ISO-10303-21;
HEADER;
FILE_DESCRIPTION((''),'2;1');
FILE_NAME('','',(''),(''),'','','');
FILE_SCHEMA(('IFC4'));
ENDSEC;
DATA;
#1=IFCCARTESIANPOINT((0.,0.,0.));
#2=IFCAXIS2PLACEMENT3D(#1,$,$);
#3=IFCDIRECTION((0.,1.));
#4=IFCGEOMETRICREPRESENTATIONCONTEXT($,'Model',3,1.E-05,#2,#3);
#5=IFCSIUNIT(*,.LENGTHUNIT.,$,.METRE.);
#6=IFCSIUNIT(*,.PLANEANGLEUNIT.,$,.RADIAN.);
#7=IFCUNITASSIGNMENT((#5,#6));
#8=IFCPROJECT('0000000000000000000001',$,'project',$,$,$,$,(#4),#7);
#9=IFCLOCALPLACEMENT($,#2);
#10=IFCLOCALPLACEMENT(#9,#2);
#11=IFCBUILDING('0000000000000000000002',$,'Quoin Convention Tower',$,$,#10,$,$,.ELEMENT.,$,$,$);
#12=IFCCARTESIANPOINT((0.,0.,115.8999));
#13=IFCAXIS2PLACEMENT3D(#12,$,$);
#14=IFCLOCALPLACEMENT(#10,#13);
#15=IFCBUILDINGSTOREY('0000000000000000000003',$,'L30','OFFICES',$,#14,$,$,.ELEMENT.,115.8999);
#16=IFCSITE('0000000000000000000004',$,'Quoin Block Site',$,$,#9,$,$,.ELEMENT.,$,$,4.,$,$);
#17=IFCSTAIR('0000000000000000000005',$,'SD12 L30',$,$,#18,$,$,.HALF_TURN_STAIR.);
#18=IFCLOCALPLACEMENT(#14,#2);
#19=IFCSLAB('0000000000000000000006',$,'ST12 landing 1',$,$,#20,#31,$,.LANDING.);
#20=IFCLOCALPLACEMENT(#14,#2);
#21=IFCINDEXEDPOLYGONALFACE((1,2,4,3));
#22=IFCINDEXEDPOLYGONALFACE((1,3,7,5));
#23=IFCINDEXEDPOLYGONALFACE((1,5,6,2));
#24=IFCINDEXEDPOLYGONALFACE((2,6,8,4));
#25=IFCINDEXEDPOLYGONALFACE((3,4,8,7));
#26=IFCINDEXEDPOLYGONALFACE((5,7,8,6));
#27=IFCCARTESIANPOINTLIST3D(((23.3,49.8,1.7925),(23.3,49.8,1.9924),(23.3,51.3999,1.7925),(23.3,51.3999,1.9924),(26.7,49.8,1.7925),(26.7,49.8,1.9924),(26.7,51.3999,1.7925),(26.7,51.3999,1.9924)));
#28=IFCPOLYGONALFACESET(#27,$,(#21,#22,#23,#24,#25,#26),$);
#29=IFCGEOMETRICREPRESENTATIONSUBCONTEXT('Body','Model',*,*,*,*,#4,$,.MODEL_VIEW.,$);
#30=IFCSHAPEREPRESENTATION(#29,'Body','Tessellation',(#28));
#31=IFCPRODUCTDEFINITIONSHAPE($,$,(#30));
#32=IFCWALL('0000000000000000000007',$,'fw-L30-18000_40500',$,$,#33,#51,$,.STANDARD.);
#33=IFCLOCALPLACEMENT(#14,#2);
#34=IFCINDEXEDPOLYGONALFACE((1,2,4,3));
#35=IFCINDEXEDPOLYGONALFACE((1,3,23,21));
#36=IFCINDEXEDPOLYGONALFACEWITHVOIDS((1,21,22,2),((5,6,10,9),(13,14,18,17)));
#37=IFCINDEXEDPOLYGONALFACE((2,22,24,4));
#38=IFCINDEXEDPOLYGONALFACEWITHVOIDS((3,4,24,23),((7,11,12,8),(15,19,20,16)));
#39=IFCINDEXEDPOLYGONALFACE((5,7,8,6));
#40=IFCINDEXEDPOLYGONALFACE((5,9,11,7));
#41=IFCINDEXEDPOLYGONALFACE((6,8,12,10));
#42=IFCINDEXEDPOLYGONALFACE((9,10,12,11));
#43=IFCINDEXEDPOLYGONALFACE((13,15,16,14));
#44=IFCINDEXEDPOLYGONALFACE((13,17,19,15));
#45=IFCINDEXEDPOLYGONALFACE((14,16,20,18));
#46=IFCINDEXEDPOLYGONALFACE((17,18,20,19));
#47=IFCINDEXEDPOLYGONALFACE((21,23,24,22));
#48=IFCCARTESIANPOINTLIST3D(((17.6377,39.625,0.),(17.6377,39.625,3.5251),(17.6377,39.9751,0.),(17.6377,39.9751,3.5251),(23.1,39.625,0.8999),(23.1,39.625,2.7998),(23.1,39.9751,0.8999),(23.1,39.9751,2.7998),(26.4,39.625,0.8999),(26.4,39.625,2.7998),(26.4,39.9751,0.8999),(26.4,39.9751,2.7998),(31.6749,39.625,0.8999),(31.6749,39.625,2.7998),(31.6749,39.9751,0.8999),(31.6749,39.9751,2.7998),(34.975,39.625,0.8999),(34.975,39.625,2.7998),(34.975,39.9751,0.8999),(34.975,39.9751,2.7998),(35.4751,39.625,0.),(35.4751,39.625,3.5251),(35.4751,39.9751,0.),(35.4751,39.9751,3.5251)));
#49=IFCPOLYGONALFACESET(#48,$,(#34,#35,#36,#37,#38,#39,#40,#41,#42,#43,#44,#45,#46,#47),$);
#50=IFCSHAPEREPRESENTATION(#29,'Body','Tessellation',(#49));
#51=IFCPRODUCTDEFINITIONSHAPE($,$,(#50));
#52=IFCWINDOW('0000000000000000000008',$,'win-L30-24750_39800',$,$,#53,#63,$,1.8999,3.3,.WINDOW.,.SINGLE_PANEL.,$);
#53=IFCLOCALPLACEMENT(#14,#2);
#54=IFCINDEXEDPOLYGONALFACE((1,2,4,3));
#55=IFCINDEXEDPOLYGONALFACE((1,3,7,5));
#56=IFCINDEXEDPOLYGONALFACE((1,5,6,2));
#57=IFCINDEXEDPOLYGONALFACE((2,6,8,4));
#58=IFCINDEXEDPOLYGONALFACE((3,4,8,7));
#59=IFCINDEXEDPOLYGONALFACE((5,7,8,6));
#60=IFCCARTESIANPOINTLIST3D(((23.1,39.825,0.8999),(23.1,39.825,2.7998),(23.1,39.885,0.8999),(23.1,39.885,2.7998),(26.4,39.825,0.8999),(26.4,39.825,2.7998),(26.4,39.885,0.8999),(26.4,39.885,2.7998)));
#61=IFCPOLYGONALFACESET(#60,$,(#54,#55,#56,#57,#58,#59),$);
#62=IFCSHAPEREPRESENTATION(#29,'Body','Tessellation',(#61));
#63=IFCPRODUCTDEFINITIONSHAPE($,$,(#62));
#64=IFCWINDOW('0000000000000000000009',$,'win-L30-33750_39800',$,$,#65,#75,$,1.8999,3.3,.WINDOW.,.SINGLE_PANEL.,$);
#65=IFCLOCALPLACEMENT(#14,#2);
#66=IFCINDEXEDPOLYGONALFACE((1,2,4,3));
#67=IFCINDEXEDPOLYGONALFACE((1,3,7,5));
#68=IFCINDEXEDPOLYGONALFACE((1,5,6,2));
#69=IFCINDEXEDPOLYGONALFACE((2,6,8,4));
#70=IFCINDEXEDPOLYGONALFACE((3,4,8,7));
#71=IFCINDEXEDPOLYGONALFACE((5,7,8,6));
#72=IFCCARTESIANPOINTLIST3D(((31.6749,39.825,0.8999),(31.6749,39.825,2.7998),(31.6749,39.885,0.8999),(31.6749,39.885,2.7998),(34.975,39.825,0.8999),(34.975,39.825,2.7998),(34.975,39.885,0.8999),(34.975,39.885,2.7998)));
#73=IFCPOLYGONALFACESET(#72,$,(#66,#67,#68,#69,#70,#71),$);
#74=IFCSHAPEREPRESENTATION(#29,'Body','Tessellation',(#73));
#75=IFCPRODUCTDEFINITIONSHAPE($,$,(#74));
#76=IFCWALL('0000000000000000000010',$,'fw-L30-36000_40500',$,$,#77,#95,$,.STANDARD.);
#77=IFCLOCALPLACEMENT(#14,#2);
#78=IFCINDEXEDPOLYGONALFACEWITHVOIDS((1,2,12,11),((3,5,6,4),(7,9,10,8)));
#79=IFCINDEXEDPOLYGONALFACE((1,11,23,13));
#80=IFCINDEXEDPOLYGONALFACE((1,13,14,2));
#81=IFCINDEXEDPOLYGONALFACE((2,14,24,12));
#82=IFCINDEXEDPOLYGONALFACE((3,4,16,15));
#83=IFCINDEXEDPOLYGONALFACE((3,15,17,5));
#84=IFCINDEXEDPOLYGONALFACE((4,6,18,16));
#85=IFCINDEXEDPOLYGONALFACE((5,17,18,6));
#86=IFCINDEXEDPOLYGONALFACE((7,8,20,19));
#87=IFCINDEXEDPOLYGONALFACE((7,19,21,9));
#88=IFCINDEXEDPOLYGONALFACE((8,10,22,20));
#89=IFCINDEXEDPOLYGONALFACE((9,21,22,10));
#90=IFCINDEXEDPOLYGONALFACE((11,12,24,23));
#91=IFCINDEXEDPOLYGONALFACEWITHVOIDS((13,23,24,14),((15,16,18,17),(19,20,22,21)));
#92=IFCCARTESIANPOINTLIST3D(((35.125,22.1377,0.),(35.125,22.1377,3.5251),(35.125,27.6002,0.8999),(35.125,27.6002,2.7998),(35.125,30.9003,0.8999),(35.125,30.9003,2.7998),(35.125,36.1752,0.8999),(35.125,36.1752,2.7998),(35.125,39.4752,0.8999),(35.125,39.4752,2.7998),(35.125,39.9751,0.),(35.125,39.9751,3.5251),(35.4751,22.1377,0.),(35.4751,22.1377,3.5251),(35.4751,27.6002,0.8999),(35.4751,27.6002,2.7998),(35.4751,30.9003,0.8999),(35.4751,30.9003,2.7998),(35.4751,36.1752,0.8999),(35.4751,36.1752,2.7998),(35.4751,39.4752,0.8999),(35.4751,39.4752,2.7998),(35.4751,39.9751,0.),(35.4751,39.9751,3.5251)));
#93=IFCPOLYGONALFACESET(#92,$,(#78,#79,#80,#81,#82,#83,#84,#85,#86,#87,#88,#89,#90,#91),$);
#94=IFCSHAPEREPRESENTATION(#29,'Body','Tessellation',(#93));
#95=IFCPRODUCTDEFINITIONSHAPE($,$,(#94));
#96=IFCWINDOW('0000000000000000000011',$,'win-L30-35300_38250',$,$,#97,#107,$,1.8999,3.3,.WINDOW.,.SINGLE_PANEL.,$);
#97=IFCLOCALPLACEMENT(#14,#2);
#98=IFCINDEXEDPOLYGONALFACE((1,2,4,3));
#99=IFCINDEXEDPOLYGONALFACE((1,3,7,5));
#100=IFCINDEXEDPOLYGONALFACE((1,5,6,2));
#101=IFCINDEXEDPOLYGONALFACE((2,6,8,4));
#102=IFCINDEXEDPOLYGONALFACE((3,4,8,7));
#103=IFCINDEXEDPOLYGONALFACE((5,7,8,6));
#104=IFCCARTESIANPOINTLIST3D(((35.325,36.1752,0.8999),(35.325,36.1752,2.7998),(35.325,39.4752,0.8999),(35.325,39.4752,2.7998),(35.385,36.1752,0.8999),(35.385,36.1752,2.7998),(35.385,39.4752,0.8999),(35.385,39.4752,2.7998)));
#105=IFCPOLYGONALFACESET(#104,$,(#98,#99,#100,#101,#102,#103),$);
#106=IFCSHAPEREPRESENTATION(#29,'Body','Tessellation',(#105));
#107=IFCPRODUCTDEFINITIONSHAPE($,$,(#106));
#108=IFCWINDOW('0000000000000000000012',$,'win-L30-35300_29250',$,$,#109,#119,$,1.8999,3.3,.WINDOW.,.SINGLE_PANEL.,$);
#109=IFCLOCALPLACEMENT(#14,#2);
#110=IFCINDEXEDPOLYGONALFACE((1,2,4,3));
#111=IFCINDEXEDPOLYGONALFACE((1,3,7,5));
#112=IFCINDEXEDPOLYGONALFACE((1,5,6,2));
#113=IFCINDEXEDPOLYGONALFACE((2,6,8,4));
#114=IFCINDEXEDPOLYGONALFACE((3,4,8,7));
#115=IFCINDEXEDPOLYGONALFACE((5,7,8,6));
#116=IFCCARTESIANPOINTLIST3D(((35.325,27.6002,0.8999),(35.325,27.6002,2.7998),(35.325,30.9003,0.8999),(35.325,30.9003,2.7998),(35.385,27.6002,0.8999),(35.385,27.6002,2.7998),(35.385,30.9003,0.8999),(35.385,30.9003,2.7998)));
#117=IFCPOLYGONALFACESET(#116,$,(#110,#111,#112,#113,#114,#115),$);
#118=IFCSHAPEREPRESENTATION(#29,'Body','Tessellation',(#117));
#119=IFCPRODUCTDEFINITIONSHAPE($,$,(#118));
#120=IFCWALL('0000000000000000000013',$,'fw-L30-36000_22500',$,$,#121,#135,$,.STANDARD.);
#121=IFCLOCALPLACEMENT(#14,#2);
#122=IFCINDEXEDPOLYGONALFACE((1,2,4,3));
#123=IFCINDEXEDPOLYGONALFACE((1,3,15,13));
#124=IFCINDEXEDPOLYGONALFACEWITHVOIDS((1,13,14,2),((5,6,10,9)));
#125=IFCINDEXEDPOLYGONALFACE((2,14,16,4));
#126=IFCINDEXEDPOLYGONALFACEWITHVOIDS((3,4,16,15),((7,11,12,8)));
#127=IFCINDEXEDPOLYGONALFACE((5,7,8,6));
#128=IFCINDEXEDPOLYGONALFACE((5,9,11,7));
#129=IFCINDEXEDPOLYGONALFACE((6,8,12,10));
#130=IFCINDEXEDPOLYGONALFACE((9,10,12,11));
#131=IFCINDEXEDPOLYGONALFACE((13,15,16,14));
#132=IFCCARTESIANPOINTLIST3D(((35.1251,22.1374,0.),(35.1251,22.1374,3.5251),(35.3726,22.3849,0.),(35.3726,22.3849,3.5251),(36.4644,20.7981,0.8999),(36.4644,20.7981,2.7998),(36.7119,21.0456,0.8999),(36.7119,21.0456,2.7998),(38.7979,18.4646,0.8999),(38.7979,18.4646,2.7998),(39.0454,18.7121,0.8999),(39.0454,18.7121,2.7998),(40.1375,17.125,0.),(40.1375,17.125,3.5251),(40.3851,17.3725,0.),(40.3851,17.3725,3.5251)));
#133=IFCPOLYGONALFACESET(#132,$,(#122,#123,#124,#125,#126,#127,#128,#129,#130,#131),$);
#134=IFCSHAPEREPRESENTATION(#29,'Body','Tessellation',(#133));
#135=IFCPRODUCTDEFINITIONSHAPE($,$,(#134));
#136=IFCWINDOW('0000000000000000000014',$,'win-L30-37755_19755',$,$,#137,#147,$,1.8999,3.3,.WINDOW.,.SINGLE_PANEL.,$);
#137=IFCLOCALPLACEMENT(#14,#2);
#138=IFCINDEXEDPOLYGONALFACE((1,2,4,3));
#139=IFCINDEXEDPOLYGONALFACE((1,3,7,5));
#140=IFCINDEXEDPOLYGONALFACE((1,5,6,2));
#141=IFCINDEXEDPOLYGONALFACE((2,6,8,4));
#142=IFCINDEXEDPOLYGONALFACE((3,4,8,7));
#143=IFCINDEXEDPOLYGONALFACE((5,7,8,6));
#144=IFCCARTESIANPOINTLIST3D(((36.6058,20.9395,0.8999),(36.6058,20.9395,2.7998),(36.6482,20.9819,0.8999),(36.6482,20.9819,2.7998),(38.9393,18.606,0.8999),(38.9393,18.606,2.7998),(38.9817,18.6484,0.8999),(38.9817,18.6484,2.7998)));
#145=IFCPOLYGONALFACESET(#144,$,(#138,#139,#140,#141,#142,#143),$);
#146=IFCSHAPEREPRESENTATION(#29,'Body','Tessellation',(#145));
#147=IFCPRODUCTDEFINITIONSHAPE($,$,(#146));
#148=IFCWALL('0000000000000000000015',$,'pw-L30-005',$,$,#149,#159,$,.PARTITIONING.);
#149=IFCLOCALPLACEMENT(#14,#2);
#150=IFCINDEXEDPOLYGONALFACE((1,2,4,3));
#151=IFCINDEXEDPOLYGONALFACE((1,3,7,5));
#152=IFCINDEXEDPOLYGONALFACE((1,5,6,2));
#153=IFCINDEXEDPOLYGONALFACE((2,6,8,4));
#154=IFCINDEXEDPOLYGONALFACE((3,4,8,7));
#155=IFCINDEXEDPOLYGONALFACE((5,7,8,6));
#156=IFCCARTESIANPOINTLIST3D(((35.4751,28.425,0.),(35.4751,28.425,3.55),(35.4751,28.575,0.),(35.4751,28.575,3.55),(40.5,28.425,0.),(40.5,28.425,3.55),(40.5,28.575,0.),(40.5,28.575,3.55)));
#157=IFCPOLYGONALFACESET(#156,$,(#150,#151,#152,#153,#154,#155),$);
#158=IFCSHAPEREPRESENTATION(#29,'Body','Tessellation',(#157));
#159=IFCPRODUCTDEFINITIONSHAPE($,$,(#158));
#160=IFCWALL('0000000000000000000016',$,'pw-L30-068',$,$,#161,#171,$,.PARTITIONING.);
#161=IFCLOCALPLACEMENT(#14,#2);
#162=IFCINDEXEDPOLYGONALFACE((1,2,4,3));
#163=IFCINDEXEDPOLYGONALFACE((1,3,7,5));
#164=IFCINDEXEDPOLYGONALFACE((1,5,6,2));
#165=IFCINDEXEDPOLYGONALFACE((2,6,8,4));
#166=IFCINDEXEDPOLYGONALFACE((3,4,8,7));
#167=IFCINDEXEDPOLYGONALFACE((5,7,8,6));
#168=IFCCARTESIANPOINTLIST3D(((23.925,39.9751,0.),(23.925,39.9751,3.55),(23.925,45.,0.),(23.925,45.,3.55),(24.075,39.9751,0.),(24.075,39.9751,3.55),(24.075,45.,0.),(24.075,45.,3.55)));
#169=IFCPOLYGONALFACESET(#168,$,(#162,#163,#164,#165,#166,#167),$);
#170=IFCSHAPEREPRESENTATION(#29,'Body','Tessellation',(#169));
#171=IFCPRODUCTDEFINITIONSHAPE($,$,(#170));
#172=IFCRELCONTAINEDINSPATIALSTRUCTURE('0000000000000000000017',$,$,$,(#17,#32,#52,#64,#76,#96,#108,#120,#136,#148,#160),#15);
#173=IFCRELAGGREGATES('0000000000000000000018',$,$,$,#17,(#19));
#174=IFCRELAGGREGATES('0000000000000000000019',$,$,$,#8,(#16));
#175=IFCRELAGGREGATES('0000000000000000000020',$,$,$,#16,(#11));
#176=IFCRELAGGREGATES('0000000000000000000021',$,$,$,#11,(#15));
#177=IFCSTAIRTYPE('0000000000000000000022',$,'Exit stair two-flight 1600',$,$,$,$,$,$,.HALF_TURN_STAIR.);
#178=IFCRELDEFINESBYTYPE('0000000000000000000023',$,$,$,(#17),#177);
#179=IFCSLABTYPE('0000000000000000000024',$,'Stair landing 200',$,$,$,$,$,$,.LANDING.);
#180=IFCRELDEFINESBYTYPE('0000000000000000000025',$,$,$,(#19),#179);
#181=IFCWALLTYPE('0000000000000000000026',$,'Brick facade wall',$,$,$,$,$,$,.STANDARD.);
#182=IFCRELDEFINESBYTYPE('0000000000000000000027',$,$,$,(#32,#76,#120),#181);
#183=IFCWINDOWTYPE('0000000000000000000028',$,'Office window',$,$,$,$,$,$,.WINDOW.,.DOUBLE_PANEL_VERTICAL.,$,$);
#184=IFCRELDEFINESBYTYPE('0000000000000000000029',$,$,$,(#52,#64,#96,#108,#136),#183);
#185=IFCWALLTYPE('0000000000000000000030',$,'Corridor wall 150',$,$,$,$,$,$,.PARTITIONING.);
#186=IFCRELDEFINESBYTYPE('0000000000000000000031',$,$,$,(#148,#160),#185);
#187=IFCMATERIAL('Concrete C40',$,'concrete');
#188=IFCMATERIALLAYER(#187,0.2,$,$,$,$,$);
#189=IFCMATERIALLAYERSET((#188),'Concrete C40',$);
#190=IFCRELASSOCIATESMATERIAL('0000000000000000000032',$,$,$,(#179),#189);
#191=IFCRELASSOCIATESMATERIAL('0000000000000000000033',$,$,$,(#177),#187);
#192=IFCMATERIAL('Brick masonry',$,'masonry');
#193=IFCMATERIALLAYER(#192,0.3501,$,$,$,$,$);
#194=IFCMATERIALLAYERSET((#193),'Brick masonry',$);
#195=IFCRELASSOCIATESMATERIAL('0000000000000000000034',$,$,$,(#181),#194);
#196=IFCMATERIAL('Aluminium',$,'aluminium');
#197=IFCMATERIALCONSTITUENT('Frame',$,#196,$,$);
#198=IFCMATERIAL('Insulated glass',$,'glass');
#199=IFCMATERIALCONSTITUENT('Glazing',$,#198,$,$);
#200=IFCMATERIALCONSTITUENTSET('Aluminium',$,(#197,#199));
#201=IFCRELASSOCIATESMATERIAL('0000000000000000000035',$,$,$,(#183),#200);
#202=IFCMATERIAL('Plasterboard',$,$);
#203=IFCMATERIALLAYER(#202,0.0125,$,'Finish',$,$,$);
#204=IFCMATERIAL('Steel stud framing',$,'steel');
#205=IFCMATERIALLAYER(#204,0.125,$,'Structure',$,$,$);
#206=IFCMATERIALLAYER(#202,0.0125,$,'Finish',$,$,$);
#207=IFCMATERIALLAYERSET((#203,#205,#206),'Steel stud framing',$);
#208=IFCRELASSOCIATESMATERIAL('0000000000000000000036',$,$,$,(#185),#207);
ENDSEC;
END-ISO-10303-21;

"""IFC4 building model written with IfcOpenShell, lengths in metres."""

from ifc_helpers import new_model, si_unit, direction, frame, frame_2d, origin, place, context, subcontext, project, spatial, polyline, rectangle, outline, extrude, material, layer, layer_set, constituent, constituent_set, type_object, element, fill, aggregate, save


model = new_model("IFC4")

# Units and contexts
model_context = context("Model", 3, precision=1e-05, world=origin(), true_north=direction((0.0, 1.0)))
body_context = subcontext(model_context, "Body", "Model", "MODEL_VIEW")
ifc_project = project(units=[si_unit("LENGTHUNIT", "METRE"), si_unit("PLANEANGLEUNIT", "RADIAN")], contexts=[model_context])

# Site, building, storey
site_placement = place(None, origin())
site = spatial("IfcSite", under=ifc_project, at=site_placement, Name="Quoin Block Site", CompositionType="ELEMENT", RefElevation=4.0)
building_placement = place(site_placement, origin())
building = spatial("IfcBuilding", under=site, at=building_placement, Name="Quoin Convention Tower", CompositionType="ELEMENT")
storey_placement = place(building_placement, frame((0.0, 0.0, 115.8999)))
storey = spatial("IfcBuildingStorey", under=building, at=storey_placement, Name="L30", Description="OFFICES", CompositionType="ELEMENT", Elevation=115.8999)

# Shared definitions
ifc_material_1 = material(Name="Concrete C40", Category="concrete")

# Stair, slab
ifc_layer_1 = layer(ifc_material_1, 0.2)
ifc_layer_set_1 = layer_set([ifc_layer_1], Name="Concrete C40")
slab_type_1 = type_object("IfcSlabType", Name="Stair landing 200", PredefinedType="LANDING", material=ifc_layer_set_1)
stair_type_1 = type_object("IfcStairType", Name="Exit stair two-flight 1600", PredefinedType="HALF_TURN_STAIR", material=ifc_material_1)
stair_1_placement = place(storey_placement, origin())
stair_1 = element("IfcStair", 1, at=stair_1_placement, inside=storey, type_object=stair_type_1, Name="SD12 L30", PredefinedType="HALF_TURN_STAIR")
slab_1_placement = place(storey_placement, frame((0.0, 0.0, 1.7925)))
slab_1 = element("IfcSlab", 2, at=slab_1_placement, type_object=slab_type_1, Name="ST12 landing 1", PredefinedType="LANDING", context=body_context, shape_type="SweptSolid", body=[
    extrude(outline(polyline([(26.7, 51.3999), (23.3, 51.3999), (23.3, 49.8), (26.7, 49.8), (26.7, 51.3999)])), origin(), (0.0, 0.0, 1.0), 0.2),
])
aggregate(stair_1, [slab_1])

# Walls, openings, windows
ifc_material_2 = material(Name="Brick masonry", Category="masonry")
ifc_layer_2 = layer(ifc_material_2, 0.3501)
ifc_layer_set_2 = layer_set([ifc_layer_2], Name="Brick masonry")
wall_type_1 = type_object("IfcWallType", Name="Brick facade wall", PredefinedType="STANDARD", material=ifc_layer_set_2)
wall_1_placement = place(storey_placement, frame((17.6377, 39.8, 0.0), z_axis=(0.0, 0.0, 1.0), x_axis=(1.0, 0.0, 0.0)))
wall_1 = element("IfcWall", 3, at=wall_1_placement, inside=storey, type_object=wall_type_1, Name="fw-L30-18000_40500", PredefinedType="STANDARD", context=body_context, shape_type="SweptSolid", body=[
    extrude(rectangle(XDim=17.8374, YDim=0.3501, at=frame_2d((8.9187, 0.0))), origin(), (0.0, 0.0, 1.0), 3.5251),
])
opening_1_placement = place(wall_1_placement, frame((5.4624, 0.0, 0.8999)))
opening_1 = element("IfcOpeningElement", 4, at=opening_1_placement, cuts=wall_1, PredefinedType="OPENING", context=body_context, shape_type="SweptSolid", body=[
    extrude(rectangle(XDim=3.3, YDim=1.8999, at=frame_2d((1.6499, 0.95))), frame((0.0, 0.1851, 0.0), z_axis=(0.0, -1.0, 0.0), x_axis=(1.0, 0.0, 0.0)), (0.0, 0.0, 1.0), 0.3701),
])
opening_2_placement = place(wall_1_placement, frame((14.0374, 0.0, 0.8999)))
opening_2 = element("IfcOpeningElement", 5, at=opening_2_placement, cuts=wall_1, PredefinedType="OPENING", context=body_context, shape_type="SweptSolid", body=[
    extrude(rectangle(XDim=3.3, YDim=1.8999, at=frame_2d((1.6499, 0.95))), frame((0.0, 0.1851, 0.0), z_axis=(0.0, -1.0, 0.0), x_axis=(1.0, 0.0, 0.0)), (0.0, 0.0, 1.0), 0.3701),
])
ifc_material_3 = material(Name="Aluminium", Category="aluminium")
ifc_constituent_1 = constituent(ifc_material_3, Name="Frame")
ifc_material_4 = material(Name="Insulated glass", Category="glass")
ifc_constituent_2 = constituent(ifc_material_4, Name="Glazing")
ifc_constituent_set = constituent_set(constituents=[ifc_constituent_1, ifc_constituent_2], Name="Aluminium")
window_type = type_object("IfcWindowType", Name="Office window", PartitioningType="DOUBLE_PANEL_VERTICAL", PredefinedType="WINDOW", material=ifc_constituent_set)
window_1_placement = place(opening_1_placement, origin())
window_1 = element("IfcWindow", 6, at=window_1_placement, inside=storey, type_object=window_type, Name="win-L30-24750_39800", OverallHeight=1.8999, OverallWidth=3.3, PartitioningType="SINGLE_PANEL", PredefinedType="WINDOW", context=body_context, shape_type="SweptSolid", body=[
    extrude(rectangle(XDim=3.3, YDim=1.8999, at=frame_2d((1.6499, 0.95))), frame((0.0, 0.085, 0.0), z_axis=(0.0, -1.0, 0.0), x_axis=(1.0, 0.0, 0.0)), (0.0, 0.0, 1.0), 0.0601),
])
fill(opening_1, window_1)
window_2_placement = place(opening_2_placement, origin())
window_2 = element("IfcWindow", 7, at=window_2_placement, inside=storey, type_object=window_type, Name="win-L30-33750_39800", OverallHeight=1.8999, OverallWidth=3.3, PartitioningType="SINGLE_PANEL", PredefinedType="WINDOW", context=body_context, shape_type="SweptSolid", body=[
    extrude(rectangle(XDim=3.3, YDim=1.8999, at=frame_2d((1.6499, 0.95))), frame((0.0, 0.085, 0.0), z_axis=(0.0, -1.0, 0.0), x_axis=(1.0, 0.0, 0.0)), (0.0, 0.0, 1.0), 0.0601),
])
fill(opening_2, window_2)
wall_2_placement = place(storey_placement, frame((35.3, 39.9751, 0.0), z_axis=(0.0, 0.0, 1.0), x_axis=(0.0, -1.0, 0.0)))
wall_2 = element("IfcWall", 8, at=wall_2_placement, inside=storey, type_object=wall_type_1, Name="fw-L30-36000_40500", PredefinedType="STANDARD", context=body_context, shape_type="SweptSolid", body=[
    extrude(rectangle(XDim=17.8374, YDim=0.3501, at=frame_2d((8.9187, 0.0))), origin(), (0.0, 0.0, 1.0), 3.5251),
])
opening_3_placement = place(wall_2_placement, frame((0.5, 0.0, 0.8999)))
opening_3 = element("IfcOpeningElement", 9, at=opening_3_placement, cuts=wall_2, PredefinedType="OPENING", context=body_context, shape_type="SweptSolid", body=[
    extrude(rectangle(XDim=3.3, YDim=1.8999, at=frame_2d((1.6499, 0.95))), frame((0.0, 0.1851, 0.0), z_axis=(0.0, -1.0, 0.0), x_axis=(1.0, 0.0, 0.0)), (0.0, 0.0, 1.0), 0.3701),
])
opening_4_placement = place(wall_2_placement, frame((9.075, 0.0, 0.8999)))
opening_4 = element("IfcOpeningElement", 10, at=opening_4_placement, cuts=wall_2, PredefinedType="OPENING", context=body_context, shape_type="SweptSolid", body=[
    extrude(rectangle(XDim=3.3, YDim=1.8999, at=frame_2d((1.6499, 0.95))), frame((0.0, 0.1851, 0.0), z_axis=(0.0, -1.0, 0.0), x_axis=(1.0, 0.0, 0.0)), (0.0, 0.0, 1.0), 0.3701),
])
window_3_placement = place(opening_3_placement, origin())
window_3 = element("IfcWindow", 11, at=window_3_placement, inside=storey, type_object=window_type, Name="win-L30-35300_38250", OverallHeight=1.8999, OverallWidth=3.3, PartitioningType="SINGLE_PANEL", PredefinedType="WINDOW", context=body_context, shape_type="SweptSolid", body=[
    extrude(rectangle(XDim=3.3, YDim=1.8999, at=frame_2d((1.6499, 0.95))), frame((0.0, 0.085, 0.0), z_axis=(0.0, -1.0, 0.0), x_axis=(1.0, 0.0, 0.0)), (0.0, 0.0, 1.0), 0.0601),
])
fill(opening_3, window_3)
window_4_placement = place(opening_4_placement, origin())
window_4 = element("IfcWindow", 12, at=window_4_placement, inside=storey, type_object=window_type, Name="win-L30-35300_29250", OverallHeight=1.8999, OverallWidth=3.3, PartitioningType="SINGLE_PANEL", PredefinedType="WINDOW", context=body_context, shape_type="SweptSolid", body=[
    extrude(rectangle(XDim=3.3, YDim=1.8999, at=frame_2d((1.6499, 0.95))), frame((0.0, 0.085, 0.0), z_axis=(0.0, -1.0, 0.0), x_axis=(1.0, 0.0, 0.0)), (0.0, 0.0, 1.0), 0.0601),
])
fill(opening_4, window_4)

# Wall, opening, window
wall_3_placement = place(storey_placement, frame((35.2488, 22.2612, 0.0), z_axis=(0.0, 0.0, 1.0), x_axis=(0.707107, -0.707107, 0.0)))
wall_3 = element("IfcWall", 13, at=wall_3_placement, inside=storey, type_object=wall_type_1, Name="fw-L30-36000_22500", PredefinedType="STANDARD", context=body_context, shape_type="SweptSolid", body=[
    extrude(rectangle(XDim=7.0886, YDim=0.3501, at=frame_2d((3.5444, 0.0))), origin(), (0.0, 0.0, 1.0), 3.5251),
])
opening_5_placement = place(wall_3_placement, frame((1.8943, 0.0, 0.8999)))
opening_5 = element("IfcOpeningElement", 14, at=opening_5_placement, cuts=wall_3, PredefinedType="OPENING", context=body_context, shape_type="SweptSolid", body=[
    extrude(rectangle(XDim=3.3, YDim=1.8999, at=frame_2d((1.6499, 0.95))), frame((0.0, 0.1851, 0.0), z_axis=(0.0, -1.0, 0.0), x_axis=(1.0, 0.0, 0.0)), (0.0, 0.0, 1.0), 0.3701),
])
window_5_placement = place(opening_5_placement, origin())
window_5 = element("IfcWindow", 15, at=window_5_placement, inside=storey, type_object=window_type, Name="win-L30-37755_19755", OverallHeight=1.8999, OverallWidth=3.3, PartitioningType="SINGLE_PANEL", PredefinedType="WINDOW", context=body_context, shape_type="SweptSolid", body=[
    extrude(rectangle(XDim=3.3, YDim=1.8999, at=frame_2d((1.6499, 0.95))), frame((0.0, 0.085, 0.0), z_axis=(0.0, -1.0, 0.0), x_axis=(1.0, 0.0, 0.0)), (0.0, 0.0, 1.0), 0.0601),
])
fill(opening_5, window_5)

# Walls
ifc_material_5 = material(Name="Plasterboard")
ifc_layer_3 = layer(ifc_material_5, 0.0125, Name="Finish")
ifc_material_6 = material(Name="Steel stud framing", Category="steel")
ifc_layer_4 = layer(ifc_material_6, 0.125, Name="Structure")
ifc_layer_5 = layer(ifc_material_5, 0.0125, Name="Finish")
ifc_layer_set_3 = layer_set([ifc_layer_3, ifc_layer_4, ifc_layer_5], Name="Steel stud framing")
wall_type_2 = type_object("IfcWallType", Name="Corridor wall 150", PredefinedType="PARTITIONING", material=ifc_layer_set_3)
for number, where, z_axis, x_axis, name in (
    (16, (35.4751, 28.5, 0.0), (0.0, 0.0, 1.0), (1.0, 0.0, 0.0), "pw-L30-005"),
    (17, (24.0, 39.9751, 0.0), (0.0, 0.0, 1.0), (0.0, 1.0, 0.0), "pw-L30-068"),
):
    element("IfcWall", number, at=place(storey_placement, frame(where, z_axis=z_axis, x_axis=x_axis)), inside=storey, type_object=wall_type_2, Name=name, PredefinedType="PARTITIONING", context=body_context, shape_type="SweptSolid", body=[
        extrude(rectangle(XDim=5.0249, YDim=0.1499, at=frame_2d((2.5125, 0.0))), origin(), (0.0, 0.0, 1.0), 3.55),
    ])

save(model, "model.ifc")
